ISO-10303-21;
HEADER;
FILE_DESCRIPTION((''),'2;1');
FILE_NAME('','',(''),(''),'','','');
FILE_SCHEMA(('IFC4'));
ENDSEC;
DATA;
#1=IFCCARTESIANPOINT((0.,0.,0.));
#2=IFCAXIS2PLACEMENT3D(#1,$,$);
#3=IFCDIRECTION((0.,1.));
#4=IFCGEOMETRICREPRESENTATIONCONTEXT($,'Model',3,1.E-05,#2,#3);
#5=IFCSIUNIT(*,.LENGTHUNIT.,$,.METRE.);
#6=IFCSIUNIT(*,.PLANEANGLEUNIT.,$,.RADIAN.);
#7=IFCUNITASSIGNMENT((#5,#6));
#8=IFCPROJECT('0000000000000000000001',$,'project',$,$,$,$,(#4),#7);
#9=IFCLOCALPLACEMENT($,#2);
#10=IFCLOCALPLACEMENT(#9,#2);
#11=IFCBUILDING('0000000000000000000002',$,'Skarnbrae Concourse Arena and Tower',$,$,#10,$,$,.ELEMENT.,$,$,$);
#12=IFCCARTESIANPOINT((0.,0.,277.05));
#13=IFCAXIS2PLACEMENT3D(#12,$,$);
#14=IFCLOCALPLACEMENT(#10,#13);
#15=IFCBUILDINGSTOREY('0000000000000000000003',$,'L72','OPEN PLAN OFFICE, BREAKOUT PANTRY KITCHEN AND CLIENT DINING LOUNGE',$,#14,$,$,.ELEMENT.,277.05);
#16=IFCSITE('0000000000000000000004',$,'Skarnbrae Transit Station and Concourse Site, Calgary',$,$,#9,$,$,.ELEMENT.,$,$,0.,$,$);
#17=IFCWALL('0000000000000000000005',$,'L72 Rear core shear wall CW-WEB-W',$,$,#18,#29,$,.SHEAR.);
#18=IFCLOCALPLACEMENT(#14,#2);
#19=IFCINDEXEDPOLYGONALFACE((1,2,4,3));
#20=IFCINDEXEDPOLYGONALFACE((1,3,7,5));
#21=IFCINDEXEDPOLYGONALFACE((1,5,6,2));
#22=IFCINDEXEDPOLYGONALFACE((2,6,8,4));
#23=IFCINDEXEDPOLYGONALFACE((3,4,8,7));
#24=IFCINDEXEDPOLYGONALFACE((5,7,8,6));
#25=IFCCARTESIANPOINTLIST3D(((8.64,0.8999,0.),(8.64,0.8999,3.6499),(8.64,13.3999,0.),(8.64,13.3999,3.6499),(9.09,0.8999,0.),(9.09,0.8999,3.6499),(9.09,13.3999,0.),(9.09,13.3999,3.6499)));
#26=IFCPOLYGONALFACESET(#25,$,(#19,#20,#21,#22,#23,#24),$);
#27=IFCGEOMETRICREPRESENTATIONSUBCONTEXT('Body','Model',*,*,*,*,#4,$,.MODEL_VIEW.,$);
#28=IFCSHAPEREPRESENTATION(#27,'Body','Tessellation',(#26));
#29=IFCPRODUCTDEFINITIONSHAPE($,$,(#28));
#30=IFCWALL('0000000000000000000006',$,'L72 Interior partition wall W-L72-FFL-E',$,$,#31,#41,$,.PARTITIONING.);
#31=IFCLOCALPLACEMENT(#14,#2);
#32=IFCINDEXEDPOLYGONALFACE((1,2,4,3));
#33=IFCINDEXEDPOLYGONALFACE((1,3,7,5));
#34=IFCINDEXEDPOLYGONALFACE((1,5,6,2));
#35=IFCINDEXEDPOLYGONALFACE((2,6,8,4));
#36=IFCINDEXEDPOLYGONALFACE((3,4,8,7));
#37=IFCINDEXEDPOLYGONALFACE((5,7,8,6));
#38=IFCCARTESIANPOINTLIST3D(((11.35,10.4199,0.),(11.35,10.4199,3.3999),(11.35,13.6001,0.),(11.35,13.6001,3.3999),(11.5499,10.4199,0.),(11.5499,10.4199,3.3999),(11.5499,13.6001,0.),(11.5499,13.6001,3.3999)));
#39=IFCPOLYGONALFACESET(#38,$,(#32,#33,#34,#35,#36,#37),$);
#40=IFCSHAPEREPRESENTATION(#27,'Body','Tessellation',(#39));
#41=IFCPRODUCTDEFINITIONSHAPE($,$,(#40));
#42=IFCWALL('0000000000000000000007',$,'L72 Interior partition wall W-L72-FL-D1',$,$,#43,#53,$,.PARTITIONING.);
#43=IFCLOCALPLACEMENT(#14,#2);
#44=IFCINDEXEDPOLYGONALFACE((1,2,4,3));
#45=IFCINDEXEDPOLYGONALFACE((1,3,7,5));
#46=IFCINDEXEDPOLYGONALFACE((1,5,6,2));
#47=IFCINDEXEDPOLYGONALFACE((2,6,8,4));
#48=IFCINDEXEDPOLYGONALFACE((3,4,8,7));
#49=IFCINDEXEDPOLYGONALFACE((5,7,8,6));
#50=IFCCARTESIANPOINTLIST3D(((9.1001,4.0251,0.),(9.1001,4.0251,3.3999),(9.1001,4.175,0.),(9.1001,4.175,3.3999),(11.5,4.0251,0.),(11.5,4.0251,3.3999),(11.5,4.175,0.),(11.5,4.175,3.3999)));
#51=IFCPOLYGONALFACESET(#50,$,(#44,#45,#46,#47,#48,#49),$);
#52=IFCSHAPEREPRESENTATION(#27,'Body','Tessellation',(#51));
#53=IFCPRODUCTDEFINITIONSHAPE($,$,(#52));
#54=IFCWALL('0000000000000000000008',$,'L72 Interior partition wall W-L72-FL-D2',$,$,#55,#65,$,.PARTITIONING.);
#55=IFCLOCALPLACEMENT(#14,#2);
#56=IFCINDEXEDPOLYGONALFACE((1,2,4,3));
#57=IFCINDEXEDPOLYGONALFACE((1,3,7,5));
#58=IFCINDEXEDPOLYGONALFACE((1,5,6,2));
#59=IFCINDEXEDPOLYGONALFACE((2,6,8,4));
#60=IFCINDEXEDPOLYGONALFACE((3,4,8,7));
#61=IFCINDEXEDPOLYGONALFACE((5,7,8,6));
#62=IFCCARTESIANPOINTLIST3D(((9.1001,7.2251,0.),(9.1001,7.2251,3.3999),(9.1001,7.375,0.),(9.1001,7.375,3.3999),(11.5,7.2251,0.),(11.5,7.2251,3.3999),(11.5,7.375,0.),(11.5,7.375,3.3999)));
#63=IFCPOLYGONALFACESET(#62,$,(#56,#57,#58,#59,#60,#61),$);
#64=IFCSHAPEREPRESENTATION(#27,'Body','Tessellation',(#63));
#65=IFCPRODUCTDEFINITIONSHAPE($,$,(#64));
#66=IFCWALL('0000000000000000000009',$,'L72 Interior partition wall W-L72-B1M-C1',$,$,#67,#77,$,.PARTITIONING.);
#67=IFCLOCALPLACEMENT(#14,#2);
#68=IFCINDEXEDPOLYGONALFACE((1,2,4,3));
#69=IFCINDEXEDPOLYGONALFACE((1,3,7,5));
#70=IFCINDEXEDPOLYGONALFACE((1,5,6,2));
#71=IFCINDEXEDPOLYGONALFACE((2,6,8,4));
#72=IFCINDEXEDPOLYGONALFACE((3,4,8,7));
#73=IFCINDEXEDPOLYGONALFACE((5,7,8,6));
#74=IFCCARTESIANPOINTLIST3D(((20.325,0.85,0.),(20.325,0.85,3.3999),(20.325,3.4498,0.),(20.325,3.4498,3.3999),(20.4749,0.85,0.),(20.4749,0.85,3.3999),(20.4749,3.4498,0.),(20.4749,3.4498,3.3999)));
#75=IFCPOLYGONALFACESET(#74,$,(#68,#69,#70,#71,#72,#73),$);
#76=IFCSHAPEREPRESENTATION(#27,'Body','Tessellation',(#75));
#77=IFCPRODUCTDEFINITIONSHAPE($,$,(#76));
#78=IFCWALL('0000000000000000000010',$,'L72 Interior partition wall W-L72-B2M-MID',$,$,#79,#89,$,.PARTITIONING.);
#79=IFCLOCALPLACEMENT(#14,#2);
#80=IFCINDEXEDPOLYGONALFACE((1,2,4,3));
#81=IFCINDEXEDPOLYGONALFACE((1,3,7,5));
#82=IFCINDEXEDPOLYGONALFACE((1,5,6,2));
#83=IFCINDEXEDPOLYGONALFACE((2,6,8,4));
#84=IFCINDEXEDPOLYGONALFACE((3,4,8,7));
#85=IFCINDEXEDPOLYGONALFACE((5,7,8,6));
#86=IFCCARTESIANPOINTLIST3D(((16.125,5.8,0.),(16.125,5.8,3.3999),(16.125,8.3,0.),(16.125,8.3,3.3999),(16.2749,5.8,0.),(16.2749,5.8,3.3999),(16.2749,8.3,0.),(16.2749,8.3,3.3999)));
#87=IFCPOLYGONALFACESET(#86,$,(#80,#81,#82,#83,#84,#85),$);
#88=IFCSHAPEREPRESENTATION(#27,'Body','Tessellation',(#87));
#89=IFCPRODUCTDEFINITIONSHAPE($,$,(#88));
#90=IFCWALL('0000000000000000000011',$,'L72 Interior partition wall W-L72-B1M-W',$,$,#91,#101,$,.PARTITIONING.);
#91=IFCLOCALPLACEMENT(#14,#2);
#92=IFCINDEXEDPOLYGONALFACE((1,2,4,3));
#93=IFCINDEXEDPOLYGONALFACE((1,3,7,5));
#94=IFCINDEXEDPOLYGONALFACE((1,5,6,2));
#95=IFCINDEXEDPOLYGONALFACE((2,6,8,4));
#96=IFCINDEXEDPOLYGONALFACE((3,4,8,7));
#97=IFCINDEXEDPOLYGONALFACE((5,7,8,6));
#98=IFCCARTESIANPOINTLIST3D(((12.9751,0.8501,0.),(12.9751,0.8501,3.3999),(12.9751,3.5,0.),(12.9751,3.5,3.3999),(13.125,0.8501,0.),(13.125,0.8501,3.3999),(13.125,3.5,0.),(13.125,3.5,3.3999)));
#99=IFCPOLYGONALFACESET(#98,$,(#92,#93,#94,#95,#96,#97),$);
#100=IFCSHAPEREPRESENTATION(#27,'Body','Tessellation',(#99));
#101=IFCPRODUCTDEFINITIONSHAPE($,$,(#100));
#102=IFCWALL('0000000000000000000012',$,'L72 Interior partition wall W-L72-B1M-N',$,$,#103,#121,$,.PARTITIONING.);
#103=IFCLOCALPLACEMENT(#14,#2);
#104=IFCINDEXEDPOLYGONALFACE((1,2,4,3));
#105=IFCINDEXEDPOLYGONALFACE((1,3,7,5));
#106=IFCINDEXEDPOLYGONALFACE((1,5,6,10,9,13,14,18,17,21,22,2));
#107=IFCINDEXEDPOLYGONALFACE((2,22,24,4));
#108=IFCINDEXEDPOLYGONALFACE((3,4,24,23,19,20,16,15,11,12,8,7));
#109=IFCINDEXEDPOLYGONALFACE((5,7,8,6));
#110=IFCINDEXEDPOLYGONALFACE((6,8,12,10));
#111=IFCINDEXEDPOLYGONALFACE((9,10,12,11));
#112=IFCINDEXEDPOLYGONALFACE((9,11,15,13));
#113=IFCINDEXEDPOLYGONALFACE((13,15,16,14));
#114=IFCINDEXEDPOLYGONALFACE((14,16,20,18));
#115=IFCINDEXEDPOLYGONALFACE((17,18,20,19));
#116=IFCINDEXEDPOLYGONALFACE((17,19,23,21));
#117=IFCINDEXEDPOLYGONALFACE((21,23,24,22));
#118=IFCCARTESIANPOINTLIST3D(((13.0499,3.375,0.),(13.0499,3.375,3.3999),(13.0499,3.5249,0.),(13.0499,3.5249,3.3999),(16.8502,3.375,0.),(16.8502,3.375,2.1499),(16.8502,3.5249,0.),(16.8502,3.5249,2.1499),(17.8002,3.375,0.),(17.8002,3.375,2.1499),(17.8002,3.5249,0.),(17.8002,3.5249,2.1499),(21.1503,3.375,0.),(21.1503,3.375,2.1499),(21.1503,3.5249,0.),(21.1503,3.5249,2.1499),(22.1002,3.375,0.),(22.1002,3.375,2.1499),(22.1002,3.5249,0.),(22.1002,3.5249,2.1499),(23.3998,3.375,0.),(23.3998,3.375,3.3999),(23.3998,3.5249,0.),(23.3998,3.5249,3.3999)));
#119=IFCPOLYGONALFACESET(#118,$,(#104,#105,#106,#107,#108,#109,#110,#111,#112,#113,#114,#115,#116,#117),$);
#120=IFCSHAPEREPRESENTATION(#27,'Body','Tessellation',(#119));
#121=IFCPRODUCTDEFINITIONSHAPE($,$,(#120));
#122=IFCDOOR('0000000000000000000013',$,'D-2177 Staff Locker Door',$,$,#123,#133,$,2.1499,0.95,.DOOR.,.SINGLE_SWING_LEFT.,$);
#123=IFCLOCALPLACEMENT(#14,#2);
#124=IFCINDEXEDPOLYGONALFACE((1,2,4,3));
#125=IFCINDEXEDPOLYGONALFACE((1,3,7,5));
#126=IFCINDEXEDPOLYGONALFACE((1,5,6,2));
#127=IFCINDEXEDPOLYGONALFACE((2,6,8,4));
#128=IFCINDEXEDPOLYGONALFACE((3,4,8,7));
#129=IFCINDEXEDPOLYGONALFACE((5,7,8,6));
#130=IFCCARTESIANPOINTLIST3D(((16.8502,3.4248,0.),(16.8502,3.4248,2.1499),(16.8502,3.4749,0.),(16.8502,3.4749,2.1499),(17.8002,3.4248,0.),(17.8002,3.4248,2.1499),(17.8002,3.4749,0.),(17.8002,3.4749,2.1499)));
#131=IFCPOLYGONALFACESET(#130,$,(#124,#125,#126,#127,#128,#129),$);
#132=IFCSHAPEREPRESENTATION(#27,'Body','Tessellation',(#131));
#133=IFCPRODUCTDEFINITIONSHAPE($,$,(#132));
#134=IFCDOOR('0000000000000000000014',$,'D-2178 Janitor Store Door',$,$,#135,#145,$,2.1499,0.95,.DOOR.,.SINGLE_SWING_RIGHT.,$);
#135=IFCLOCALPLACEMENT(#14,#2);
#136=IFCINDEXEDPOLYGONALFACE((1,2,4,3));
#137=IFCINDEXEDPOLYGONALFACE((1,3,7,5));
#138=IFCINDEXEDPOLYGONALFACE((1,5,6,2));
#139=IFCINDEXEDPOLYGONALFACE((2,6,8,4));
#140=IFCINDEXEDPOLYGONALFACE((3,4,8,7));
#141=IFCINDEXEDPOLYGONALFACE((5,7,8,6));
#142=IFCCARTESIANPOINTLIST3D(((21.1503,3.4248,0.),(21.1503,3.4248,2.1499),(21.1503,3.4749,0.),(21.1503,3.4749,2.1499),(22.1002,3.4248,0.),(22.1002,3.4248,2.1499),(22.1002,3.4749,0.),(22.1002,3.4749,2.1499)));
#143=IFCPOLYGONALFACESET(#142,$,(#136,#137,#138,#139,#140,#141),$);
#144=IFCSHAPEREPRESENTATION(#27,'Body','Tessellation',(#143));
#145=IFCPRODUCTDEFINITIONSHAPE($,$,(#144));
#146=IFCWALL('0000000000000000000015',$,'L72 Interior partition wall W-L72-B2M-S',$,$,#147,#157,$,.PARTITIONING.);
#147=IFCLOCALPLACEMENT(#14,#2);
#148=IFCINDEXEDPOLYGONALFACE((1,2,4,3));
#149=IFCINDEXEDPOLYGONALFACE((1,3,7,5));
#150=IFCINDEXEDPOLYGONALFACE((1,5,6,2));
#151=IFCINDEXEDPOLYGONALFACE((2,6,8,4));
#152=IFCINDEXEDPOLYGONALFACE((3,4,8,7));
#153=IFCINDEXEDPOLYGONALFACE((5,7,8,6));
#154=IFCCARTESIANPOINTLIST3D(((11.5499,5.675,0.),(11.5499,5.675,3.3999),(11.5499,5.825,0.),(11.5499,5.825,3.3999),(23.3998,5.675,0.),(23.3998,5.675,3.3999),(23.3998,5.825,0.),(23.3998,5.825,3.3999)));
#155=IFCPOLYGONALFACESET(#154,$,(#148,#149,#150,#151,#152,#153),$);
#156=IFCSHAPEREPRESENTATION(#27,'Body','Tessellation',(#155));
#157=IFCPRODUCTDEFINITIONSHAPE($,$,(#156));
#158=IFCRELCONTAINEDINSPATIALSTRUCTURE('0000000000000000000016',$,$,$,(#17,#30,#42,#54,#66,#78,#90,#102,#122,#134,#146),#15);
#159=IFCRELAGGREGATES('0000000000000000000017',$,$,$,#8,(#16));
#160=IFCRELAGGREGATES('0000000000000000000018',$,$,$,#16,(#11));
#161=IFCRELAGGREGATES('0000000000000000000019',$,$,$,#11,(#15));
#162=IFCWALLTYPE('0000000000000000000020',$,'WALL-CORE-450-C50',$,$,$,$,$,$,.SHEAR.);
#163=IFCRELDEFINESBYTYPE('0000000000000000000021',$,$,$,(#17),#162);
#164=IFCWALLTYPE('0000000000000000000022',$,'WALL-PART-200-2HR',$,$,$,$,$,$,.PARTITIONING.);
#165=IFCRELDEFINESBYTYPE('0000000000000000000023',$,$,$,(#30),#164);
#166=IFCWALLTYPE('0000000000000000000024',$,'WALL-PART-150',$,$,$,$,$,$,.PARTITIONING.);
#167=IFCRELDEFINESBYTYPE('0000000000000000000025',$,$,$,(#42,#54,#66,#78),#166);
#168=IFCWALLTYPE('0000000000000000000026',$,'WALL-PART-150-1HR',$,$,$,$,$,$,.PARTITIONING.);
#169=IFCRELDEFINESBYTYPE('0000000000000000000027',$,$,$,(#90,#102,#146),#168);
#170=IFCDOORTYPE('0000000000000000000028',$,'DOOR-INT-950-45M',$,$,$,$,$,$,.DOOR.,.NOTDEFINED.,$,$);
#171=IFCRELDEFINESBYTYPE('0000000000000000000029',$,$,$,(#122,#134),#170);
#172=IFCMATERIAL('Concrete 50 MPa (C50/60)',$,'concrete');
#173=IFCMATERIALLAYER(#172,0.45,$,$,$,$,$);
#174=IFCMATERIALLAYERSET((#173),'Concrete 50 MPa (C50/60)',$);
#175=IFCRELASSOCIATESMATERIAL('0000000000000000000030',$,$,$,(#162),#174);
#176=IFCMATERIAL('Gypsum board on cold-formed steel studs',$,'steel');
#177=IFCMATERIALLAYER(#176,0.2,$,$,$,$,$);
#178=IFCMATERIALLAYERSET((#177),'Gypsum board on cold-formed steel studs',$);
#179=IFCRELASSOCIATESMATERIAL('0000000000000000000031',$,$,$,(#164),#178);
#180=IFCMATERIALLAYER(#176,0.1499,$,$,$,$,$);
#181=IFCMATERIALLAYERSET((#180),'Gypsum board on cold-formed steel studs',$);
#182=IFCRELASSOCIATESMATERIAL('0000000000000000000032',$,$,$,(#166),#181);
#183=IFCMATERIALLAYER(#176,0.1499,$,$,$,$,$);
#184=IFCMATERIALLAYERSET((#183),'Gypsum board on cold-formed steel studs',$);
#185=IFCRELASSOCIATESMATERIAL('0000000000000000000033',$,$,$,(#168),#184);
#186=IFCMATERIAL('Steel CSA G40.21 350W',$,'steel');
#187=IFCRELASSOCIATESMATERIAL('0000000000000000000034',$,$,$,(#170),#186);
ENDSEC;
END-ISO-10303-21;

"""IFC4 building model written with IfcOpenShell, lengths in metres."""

from ifc_helpers import new_model, si_unit, direction, frame, frame_2d, origin, place, context, subcontext, project, spatial, rectangle, extrude, source, transform, mapped, material, layer, layer_set, type_object, element, fill, save


model = new_model("IFC4")

# Units and contexts
model_context = context("Model", 3, precision=1e-05, world=origin(), true_north=direction((0.0, 1.0)))
body_context = subcontext(model_context, "Body", "Model", "MODEL_VIEW")
ifc_project = project(units=[si_unit("LENGTHUNIT", "METRE"), si_unit("PLANEANGLEUNIT", "RADIAN")], contexts=[model_context])

# Site, building, storey
site_placement = place(None, origin())
site = spatial("IfcSite", under=ifc_project, at=site_placement, Name="Skarnbrae Transit Station and Concourse Site, Calgary", CompositionType="ELEMENT", RefElevation=0.0)
building_placement = place(site_placement, origin())
building = spatial("IfcBuilding", under=site, at=building_placement, Name="Skarnbrae Concourse Arena and Tower", CompositionType="ELEMENT")
storey_placement = place(building_placement, frame((0.0, 0.0, 277.05)))
storey = spatial("IfcBuildingStorey", under=building, at=storey_placement, Name="L72", Description="OPEN PLAN OFFICE, BREAKOUT PANTRY KITCHEN AND CLIENT DINING LOUNGE", CompositionType="ELEMENT", Elevation=277.05)

# Walls
ifc_material_1 = material(Name="Concrete 50 MPa (C50/60)", Category="concrete")
ifc_layer_1 = layer(ifc_material_1, 0.45)
ifc_layer_set_1 = layer_set([ifc_layer_1], Name="Concrete 50 MPa (C50/60)")
wall_type_1 = type_object("IfcWallType", Name="WALL-CORE-450-C50", PredefinedType="SHEAR", material=ifc_layer_set_1)
shared_shape_1 = source(origin(), body_context, "Body", "SweptSolid", [
    extrude(rectangle(XDim=12.5, YDim=0.45, at=frame_2d((6.25, 0.0))), origin(), (0.0, 0.0, 1.0), 3.6499),
])
wall_1_placement = place(storey_placement, frame((8.865, 0.8999, 0.0), z_axis=(0.0, 0.0, 1.0), x_axis=(0.0, 1.0, 0.0)))
element("IfcWall", 1, at=wall_1_placement, inside=storey, type_object=wall_type_1, Name="L72 Rear core shear wall CW-WEB-W", PredefinedType="SHEAR", context=body_context, shape_type="MappedRepresentation", body=[
    mapped(shared_shape_1, transform((0.0, 0.0, 0.0))),
])
ifc_material_2 = material(Name="Gypsum board on cold-formed steel studs", Category="steel")
ifc_layer_2 = layer(ifc_material_2, 0.2)
ifc_layer_set_2 = layer_set([ifc_layer_2], Name="Gypsum board on cold-formed steel studs")
wall_type_2 = type_object("IfcWallType", Name="WALL-PART-200-2HR", PredefinedType="PARTITIONING", material=ifc_layer_set_2)
shared_shape_2 = source(origin(), body_context, "Body", "SweptSolid", [
    extrude(rectangle(XDim=3.1802, YDim=0.2, at=frame_2d((1.5901, 0.0))), origin(), (0.0, 0.0, 1.0), 3.3999),
])
wall_2_placement = place(storey_placement, frame((11.45, 10.4199, 0.0), z_axis=(0.0, 0.0, 1.0), x_axis=(0.0, 1.0, 0.0)))
element("IfcWall", 2, at=wall_2_placement, inside=storey, type_object=wall_type_2, Name="L72 Interior partition wall W-L72-FFL-E", PredefinedType="PARTITIONING", context=body_context, shape_type="MappedRepresentation", body=[
    mapped(shared_shape_2, transform((0.0, 0.0, 0.0))),
])

# Shared definitions
ifc_material_3 = material(Name="Steel CSA G40.21 350W", Category="steel")

# Walls
ifc_layer_3 = layer(ifc_material_2, 0.1499)
ifc_layer_set_3 = layer_set([ifc_layer_3], Name="Gypsum board on cold-formed steel studs")
wall_type_3 = type_object("IfcWallType", Name="WALL-PART-150", PredefinedType="PARTITIONING", material=ifc_layer_set_3)
shared_shape_3 = source(origin(), body_context, "Body", "SweptSolid", [
    extrude(rectangle(XDim=2.3999, YDim=0.1499, at=frame_2d((1.2, 0.0))), origin(), (0.0, 0.0, 1.0), 3.3999),
])
for number, where, z_axis, x_axis, name in (
    (3, (9.1001, 4.1001, 0.0), (0.0, 0.0, 1.0), (1.0, 0.0, 0.0), "L72 Interior partition wall W-L72-FL-D1"),
    (4, (9.1001, 7.3, 0.0), (0.0, 0.0, 1.0), (1.0, 0.0, 0.0), "L72 Interior partition wall W-L72-FL-D2"),
):
    element("IfcWall", number, at=place(storey_placement, frame(where, z_axis=z_axis, x_axis=x_axis)), inside=storey, type_object=wall_type_3, Name=name, PredefinedType="PARTITIONING", context=body_context, shape_type="MappedRepresentation", body=[
        mapped(shared_shape_3, transform((0.0, 0.0, 0.0))),
    ])
shared_shape_4 = source(origin(), body_context, "Body", "SweptSolid", [
    extrude(rectangle(XDim=2.5999, YDim=0.1499, at=frame_2d((1.2998, 0.0))), origin(), (0.0, 0.0, 1.0), 3.3999),
])
wall_3_placement = place(storey_placement, frame((20.3999, 0.8501, 0.0), z_axis=(0.0, 0.0, 1.0), x_axis=(0.0, 1.0, 0.0)))
element("IfcWall", 5, at=wall_3_placement, inside=storey, type_object=wall_type_3, Name="L72 Interior partition wall W-L72-B1M-C1", PredefinedType="PARTITIONING", context=body_context, shape_type="MappedRepresentation", body=[
    mapped(shared_shape_4, transform((0.0, 0.0, 0.0))),
])
shared_shape_5 = source(origin(), body_context, "Body", "SweptSolid", [
    extrude(rectangle(XDim=2.5, YDim=0.1499, at=frame_2d((1.25, 0.0))), origin(), (0.0, 0.0, 1.0), 3.3999),
])
wall_4_placement = place(storey_placement, frame((16.2, 5.8, 0.0), z_axis=(0.0, 0.0, 1.0), x_axis=(0.0, 1.0, 0.0)))
element("IfcWall", 6, at=wall_4_placement, inside=storey, type_object=wall_type_3, Name="L72 Interior partition wall W-L72-B2M-MID", PredefinedType="PARTITIONING", context=body_context, shape_type="MappedRepresentation", body=[
    mapped(shared_shape_5, transform((0.0, 0.0, 0.0))),
])
ifc_layer_4 = layer(ifc_material_2, 0.1499)
ifc_layer_set_4 = layer_set([ifc_layer_4], Name="Gypsum board on cold-formed steel studs")
wall_type_4 = type_object("IfcWallType", Name="WALL-PART-150-1HR", PredefinedType="PARTITIONING", material=ifc_layer_set_4)
shared_shape_6 = source(origin(), body_context, "Body", "SweptSolid", [
    extrude(rectangle(XDim=2.6499, YDim=0.1499, at=frame_2d((1.325, 0.0))), origin(), (0.0, 0.0, 1.0), 3.3999),
])
wall_5_placement = place(storey_placement, frame((13.05, 0.8501, 0.0), z_axis=(0.0, 0.0, 1.0), x_axis=(0.0, 1.0, 0.0)))
element("IfcWall", 7, at=wall_5_placement, inside=storey, type_object=wall_type_4, Name="L72 Interior partition wall W-L72-B1M-W", PredefinedType="PARTITIONING", context=body_context, shape_type="MappedRepresentation", body=[
    mapped(shared_shape_6, transform((0.0, 0.0, 0.0))),
])

# Wall, openings, doors
shared_shape_7 = source(origin(), body_context, "Body", "SweptSolid", [
    extrude(rectangle(XDim=10.3499, YDim=0.1499, at=frame_2d((5.1748, 0.0))), origin(), (0.0, 0.0, 1.0), 3.3999),
])
wall_6_placement = place(storey_placement, frame((13.05, 3.45, 0.0), z_axis=(0.0, 0.0, 1.0), x_axis=(1.0, 0.0, 0.0)))
wall_6 = element("IfcWall", 8, at=wall_6_placement, inside=storey, type_object=wall_type_4, Name="L72 Interior partition wall W-L72-B1M-N", PredefinedType="PARTITIONING", context=body_context, shape_type="MappedRepresentation", body=[
    mapped(shared_shape_7, transform((0.0, 0.0, 0.0))),
])
opening_1_placement = place(wall_6_placement, frame((3.8, 0.0, 0.0)))
opening_1 = element("IfcOpeningElement", 9, at=opening_1_placement, cuts=wall_6, PredefinedType="OPENING", context=body_context, shape_type="SweptSolid", body=[
    extrude(rectangle(XDim=0.95, YDim=2.1499, at=frame_2d((0.4751, 1.075))), frame((0.0, 0.085, 0.0), z_axis=(0.0, -1.0, 0.0), x_axis=(1.0, 0.0, 0.0)), (0.0, 0.0, 1.0), 0.1699),
])
opening_2_placement = place(wall_6_placement, frame((8.1001, 0.0, 0.0)))
opening_2 = element("IfcOpeningElement", 10, at=opening_2_placement, cuts=wall_6, PredefinedType="OPENING", context=body_context, shape_type="SweptSolid", body=[
    extrude(rectangle(XDim=0.95, YDim=2.1499, at=frame_2d((0.4751, 1.075))), frame((0.0, 0.085, 0.0), z_axis=(0.0, -1.0, 0.0), x_axis=(1.0, 0.0, 0.0)), (0.0, 0.0, 1.0), 0.1699),
])
door_type_1 = type_object("IfcDoorType", Name="DOOR-INT-950-45M", OperationType="NOTDEFINED", PredefinedType="DOOR", material=ifc_material_3)
shared_shape_8 = source(origin(), body_context, "Body", "SweptSolid", [
    extrude(rectangle(XDim=0.95, YDim=2.1499, at=frame_2d((0.4751, 1.075))), frame((0.0, 0.0249, 0.0), z_axis=(0.0, -1.0, 0.0), x_axis=(1.0, 0.0, 0.0)), (0.0, 0.0, 1.0), 0.05),
])
door_1_placement = place(opening_1_placement, origin())
door_1 = element("IfcDoor", 11, at=door_1_placement, inside=storey, type_object=door_type_1, Name="D-2177 Staff Locker Door", OperationType="SINGLE_SWING_LEFT", OverallHeight=2.1499, OverallWidth=0.95, PredefinedType="DOOR", context=body_context, shape_type="MappedRepresentation", body=[
    mapped(shared_shape_8, transform((0.0, 0.0, 0.0))),
])
fill(opening_1, door_1)
door_2_placement = place(opening_2_placement, origin())
door_2 = element("IfcDoor", 12, at=door_2_placement, inside=storey, type_object=door_type_1, Name="D-2178 Janitor Store Door", OperationType="SINGLE_SWING_RIGHT", OverallHeight=2.1499, OverallWidth=0.95, PredefinedType="DOOR", context=body_context, shape_type="MappedRepresentation", body=[
    mapped(shared_shape_8, transform((0.0, 0.0, 0.0))),
])
fill(opening_2, door_2)

# Wall
shared_shape_9 = source(origin(), body_context, "Body", "SweptSolid", [
    extrude(rectangle(XDim=11.8499, YDim=0.1499, at=frame_2d((5.9248, 0.0))), origin(), (0.0, 0.0, 1.0), 3.3999),
])
wall_7_placement = place(storey_placement, frame((11.55, 5.75, 0.0), z_axis=(0.0, 0.0, 1.0), x_axis=(1.0, 0.0, 0.0)))
element("IfcWall", 13, at=wall_7_placement, inside=storey, type_object=wall_type_4, Name="L72 Interior partition wall W-L72-B2M-S", PredefinedType="PARTITIONING", context=body_context, shape_type="MappedRepresentation", body=[
    mapped(shared_shape_9, transform((0.0, 0.0, 0.0))),
])

save(model, "model.ifc")
